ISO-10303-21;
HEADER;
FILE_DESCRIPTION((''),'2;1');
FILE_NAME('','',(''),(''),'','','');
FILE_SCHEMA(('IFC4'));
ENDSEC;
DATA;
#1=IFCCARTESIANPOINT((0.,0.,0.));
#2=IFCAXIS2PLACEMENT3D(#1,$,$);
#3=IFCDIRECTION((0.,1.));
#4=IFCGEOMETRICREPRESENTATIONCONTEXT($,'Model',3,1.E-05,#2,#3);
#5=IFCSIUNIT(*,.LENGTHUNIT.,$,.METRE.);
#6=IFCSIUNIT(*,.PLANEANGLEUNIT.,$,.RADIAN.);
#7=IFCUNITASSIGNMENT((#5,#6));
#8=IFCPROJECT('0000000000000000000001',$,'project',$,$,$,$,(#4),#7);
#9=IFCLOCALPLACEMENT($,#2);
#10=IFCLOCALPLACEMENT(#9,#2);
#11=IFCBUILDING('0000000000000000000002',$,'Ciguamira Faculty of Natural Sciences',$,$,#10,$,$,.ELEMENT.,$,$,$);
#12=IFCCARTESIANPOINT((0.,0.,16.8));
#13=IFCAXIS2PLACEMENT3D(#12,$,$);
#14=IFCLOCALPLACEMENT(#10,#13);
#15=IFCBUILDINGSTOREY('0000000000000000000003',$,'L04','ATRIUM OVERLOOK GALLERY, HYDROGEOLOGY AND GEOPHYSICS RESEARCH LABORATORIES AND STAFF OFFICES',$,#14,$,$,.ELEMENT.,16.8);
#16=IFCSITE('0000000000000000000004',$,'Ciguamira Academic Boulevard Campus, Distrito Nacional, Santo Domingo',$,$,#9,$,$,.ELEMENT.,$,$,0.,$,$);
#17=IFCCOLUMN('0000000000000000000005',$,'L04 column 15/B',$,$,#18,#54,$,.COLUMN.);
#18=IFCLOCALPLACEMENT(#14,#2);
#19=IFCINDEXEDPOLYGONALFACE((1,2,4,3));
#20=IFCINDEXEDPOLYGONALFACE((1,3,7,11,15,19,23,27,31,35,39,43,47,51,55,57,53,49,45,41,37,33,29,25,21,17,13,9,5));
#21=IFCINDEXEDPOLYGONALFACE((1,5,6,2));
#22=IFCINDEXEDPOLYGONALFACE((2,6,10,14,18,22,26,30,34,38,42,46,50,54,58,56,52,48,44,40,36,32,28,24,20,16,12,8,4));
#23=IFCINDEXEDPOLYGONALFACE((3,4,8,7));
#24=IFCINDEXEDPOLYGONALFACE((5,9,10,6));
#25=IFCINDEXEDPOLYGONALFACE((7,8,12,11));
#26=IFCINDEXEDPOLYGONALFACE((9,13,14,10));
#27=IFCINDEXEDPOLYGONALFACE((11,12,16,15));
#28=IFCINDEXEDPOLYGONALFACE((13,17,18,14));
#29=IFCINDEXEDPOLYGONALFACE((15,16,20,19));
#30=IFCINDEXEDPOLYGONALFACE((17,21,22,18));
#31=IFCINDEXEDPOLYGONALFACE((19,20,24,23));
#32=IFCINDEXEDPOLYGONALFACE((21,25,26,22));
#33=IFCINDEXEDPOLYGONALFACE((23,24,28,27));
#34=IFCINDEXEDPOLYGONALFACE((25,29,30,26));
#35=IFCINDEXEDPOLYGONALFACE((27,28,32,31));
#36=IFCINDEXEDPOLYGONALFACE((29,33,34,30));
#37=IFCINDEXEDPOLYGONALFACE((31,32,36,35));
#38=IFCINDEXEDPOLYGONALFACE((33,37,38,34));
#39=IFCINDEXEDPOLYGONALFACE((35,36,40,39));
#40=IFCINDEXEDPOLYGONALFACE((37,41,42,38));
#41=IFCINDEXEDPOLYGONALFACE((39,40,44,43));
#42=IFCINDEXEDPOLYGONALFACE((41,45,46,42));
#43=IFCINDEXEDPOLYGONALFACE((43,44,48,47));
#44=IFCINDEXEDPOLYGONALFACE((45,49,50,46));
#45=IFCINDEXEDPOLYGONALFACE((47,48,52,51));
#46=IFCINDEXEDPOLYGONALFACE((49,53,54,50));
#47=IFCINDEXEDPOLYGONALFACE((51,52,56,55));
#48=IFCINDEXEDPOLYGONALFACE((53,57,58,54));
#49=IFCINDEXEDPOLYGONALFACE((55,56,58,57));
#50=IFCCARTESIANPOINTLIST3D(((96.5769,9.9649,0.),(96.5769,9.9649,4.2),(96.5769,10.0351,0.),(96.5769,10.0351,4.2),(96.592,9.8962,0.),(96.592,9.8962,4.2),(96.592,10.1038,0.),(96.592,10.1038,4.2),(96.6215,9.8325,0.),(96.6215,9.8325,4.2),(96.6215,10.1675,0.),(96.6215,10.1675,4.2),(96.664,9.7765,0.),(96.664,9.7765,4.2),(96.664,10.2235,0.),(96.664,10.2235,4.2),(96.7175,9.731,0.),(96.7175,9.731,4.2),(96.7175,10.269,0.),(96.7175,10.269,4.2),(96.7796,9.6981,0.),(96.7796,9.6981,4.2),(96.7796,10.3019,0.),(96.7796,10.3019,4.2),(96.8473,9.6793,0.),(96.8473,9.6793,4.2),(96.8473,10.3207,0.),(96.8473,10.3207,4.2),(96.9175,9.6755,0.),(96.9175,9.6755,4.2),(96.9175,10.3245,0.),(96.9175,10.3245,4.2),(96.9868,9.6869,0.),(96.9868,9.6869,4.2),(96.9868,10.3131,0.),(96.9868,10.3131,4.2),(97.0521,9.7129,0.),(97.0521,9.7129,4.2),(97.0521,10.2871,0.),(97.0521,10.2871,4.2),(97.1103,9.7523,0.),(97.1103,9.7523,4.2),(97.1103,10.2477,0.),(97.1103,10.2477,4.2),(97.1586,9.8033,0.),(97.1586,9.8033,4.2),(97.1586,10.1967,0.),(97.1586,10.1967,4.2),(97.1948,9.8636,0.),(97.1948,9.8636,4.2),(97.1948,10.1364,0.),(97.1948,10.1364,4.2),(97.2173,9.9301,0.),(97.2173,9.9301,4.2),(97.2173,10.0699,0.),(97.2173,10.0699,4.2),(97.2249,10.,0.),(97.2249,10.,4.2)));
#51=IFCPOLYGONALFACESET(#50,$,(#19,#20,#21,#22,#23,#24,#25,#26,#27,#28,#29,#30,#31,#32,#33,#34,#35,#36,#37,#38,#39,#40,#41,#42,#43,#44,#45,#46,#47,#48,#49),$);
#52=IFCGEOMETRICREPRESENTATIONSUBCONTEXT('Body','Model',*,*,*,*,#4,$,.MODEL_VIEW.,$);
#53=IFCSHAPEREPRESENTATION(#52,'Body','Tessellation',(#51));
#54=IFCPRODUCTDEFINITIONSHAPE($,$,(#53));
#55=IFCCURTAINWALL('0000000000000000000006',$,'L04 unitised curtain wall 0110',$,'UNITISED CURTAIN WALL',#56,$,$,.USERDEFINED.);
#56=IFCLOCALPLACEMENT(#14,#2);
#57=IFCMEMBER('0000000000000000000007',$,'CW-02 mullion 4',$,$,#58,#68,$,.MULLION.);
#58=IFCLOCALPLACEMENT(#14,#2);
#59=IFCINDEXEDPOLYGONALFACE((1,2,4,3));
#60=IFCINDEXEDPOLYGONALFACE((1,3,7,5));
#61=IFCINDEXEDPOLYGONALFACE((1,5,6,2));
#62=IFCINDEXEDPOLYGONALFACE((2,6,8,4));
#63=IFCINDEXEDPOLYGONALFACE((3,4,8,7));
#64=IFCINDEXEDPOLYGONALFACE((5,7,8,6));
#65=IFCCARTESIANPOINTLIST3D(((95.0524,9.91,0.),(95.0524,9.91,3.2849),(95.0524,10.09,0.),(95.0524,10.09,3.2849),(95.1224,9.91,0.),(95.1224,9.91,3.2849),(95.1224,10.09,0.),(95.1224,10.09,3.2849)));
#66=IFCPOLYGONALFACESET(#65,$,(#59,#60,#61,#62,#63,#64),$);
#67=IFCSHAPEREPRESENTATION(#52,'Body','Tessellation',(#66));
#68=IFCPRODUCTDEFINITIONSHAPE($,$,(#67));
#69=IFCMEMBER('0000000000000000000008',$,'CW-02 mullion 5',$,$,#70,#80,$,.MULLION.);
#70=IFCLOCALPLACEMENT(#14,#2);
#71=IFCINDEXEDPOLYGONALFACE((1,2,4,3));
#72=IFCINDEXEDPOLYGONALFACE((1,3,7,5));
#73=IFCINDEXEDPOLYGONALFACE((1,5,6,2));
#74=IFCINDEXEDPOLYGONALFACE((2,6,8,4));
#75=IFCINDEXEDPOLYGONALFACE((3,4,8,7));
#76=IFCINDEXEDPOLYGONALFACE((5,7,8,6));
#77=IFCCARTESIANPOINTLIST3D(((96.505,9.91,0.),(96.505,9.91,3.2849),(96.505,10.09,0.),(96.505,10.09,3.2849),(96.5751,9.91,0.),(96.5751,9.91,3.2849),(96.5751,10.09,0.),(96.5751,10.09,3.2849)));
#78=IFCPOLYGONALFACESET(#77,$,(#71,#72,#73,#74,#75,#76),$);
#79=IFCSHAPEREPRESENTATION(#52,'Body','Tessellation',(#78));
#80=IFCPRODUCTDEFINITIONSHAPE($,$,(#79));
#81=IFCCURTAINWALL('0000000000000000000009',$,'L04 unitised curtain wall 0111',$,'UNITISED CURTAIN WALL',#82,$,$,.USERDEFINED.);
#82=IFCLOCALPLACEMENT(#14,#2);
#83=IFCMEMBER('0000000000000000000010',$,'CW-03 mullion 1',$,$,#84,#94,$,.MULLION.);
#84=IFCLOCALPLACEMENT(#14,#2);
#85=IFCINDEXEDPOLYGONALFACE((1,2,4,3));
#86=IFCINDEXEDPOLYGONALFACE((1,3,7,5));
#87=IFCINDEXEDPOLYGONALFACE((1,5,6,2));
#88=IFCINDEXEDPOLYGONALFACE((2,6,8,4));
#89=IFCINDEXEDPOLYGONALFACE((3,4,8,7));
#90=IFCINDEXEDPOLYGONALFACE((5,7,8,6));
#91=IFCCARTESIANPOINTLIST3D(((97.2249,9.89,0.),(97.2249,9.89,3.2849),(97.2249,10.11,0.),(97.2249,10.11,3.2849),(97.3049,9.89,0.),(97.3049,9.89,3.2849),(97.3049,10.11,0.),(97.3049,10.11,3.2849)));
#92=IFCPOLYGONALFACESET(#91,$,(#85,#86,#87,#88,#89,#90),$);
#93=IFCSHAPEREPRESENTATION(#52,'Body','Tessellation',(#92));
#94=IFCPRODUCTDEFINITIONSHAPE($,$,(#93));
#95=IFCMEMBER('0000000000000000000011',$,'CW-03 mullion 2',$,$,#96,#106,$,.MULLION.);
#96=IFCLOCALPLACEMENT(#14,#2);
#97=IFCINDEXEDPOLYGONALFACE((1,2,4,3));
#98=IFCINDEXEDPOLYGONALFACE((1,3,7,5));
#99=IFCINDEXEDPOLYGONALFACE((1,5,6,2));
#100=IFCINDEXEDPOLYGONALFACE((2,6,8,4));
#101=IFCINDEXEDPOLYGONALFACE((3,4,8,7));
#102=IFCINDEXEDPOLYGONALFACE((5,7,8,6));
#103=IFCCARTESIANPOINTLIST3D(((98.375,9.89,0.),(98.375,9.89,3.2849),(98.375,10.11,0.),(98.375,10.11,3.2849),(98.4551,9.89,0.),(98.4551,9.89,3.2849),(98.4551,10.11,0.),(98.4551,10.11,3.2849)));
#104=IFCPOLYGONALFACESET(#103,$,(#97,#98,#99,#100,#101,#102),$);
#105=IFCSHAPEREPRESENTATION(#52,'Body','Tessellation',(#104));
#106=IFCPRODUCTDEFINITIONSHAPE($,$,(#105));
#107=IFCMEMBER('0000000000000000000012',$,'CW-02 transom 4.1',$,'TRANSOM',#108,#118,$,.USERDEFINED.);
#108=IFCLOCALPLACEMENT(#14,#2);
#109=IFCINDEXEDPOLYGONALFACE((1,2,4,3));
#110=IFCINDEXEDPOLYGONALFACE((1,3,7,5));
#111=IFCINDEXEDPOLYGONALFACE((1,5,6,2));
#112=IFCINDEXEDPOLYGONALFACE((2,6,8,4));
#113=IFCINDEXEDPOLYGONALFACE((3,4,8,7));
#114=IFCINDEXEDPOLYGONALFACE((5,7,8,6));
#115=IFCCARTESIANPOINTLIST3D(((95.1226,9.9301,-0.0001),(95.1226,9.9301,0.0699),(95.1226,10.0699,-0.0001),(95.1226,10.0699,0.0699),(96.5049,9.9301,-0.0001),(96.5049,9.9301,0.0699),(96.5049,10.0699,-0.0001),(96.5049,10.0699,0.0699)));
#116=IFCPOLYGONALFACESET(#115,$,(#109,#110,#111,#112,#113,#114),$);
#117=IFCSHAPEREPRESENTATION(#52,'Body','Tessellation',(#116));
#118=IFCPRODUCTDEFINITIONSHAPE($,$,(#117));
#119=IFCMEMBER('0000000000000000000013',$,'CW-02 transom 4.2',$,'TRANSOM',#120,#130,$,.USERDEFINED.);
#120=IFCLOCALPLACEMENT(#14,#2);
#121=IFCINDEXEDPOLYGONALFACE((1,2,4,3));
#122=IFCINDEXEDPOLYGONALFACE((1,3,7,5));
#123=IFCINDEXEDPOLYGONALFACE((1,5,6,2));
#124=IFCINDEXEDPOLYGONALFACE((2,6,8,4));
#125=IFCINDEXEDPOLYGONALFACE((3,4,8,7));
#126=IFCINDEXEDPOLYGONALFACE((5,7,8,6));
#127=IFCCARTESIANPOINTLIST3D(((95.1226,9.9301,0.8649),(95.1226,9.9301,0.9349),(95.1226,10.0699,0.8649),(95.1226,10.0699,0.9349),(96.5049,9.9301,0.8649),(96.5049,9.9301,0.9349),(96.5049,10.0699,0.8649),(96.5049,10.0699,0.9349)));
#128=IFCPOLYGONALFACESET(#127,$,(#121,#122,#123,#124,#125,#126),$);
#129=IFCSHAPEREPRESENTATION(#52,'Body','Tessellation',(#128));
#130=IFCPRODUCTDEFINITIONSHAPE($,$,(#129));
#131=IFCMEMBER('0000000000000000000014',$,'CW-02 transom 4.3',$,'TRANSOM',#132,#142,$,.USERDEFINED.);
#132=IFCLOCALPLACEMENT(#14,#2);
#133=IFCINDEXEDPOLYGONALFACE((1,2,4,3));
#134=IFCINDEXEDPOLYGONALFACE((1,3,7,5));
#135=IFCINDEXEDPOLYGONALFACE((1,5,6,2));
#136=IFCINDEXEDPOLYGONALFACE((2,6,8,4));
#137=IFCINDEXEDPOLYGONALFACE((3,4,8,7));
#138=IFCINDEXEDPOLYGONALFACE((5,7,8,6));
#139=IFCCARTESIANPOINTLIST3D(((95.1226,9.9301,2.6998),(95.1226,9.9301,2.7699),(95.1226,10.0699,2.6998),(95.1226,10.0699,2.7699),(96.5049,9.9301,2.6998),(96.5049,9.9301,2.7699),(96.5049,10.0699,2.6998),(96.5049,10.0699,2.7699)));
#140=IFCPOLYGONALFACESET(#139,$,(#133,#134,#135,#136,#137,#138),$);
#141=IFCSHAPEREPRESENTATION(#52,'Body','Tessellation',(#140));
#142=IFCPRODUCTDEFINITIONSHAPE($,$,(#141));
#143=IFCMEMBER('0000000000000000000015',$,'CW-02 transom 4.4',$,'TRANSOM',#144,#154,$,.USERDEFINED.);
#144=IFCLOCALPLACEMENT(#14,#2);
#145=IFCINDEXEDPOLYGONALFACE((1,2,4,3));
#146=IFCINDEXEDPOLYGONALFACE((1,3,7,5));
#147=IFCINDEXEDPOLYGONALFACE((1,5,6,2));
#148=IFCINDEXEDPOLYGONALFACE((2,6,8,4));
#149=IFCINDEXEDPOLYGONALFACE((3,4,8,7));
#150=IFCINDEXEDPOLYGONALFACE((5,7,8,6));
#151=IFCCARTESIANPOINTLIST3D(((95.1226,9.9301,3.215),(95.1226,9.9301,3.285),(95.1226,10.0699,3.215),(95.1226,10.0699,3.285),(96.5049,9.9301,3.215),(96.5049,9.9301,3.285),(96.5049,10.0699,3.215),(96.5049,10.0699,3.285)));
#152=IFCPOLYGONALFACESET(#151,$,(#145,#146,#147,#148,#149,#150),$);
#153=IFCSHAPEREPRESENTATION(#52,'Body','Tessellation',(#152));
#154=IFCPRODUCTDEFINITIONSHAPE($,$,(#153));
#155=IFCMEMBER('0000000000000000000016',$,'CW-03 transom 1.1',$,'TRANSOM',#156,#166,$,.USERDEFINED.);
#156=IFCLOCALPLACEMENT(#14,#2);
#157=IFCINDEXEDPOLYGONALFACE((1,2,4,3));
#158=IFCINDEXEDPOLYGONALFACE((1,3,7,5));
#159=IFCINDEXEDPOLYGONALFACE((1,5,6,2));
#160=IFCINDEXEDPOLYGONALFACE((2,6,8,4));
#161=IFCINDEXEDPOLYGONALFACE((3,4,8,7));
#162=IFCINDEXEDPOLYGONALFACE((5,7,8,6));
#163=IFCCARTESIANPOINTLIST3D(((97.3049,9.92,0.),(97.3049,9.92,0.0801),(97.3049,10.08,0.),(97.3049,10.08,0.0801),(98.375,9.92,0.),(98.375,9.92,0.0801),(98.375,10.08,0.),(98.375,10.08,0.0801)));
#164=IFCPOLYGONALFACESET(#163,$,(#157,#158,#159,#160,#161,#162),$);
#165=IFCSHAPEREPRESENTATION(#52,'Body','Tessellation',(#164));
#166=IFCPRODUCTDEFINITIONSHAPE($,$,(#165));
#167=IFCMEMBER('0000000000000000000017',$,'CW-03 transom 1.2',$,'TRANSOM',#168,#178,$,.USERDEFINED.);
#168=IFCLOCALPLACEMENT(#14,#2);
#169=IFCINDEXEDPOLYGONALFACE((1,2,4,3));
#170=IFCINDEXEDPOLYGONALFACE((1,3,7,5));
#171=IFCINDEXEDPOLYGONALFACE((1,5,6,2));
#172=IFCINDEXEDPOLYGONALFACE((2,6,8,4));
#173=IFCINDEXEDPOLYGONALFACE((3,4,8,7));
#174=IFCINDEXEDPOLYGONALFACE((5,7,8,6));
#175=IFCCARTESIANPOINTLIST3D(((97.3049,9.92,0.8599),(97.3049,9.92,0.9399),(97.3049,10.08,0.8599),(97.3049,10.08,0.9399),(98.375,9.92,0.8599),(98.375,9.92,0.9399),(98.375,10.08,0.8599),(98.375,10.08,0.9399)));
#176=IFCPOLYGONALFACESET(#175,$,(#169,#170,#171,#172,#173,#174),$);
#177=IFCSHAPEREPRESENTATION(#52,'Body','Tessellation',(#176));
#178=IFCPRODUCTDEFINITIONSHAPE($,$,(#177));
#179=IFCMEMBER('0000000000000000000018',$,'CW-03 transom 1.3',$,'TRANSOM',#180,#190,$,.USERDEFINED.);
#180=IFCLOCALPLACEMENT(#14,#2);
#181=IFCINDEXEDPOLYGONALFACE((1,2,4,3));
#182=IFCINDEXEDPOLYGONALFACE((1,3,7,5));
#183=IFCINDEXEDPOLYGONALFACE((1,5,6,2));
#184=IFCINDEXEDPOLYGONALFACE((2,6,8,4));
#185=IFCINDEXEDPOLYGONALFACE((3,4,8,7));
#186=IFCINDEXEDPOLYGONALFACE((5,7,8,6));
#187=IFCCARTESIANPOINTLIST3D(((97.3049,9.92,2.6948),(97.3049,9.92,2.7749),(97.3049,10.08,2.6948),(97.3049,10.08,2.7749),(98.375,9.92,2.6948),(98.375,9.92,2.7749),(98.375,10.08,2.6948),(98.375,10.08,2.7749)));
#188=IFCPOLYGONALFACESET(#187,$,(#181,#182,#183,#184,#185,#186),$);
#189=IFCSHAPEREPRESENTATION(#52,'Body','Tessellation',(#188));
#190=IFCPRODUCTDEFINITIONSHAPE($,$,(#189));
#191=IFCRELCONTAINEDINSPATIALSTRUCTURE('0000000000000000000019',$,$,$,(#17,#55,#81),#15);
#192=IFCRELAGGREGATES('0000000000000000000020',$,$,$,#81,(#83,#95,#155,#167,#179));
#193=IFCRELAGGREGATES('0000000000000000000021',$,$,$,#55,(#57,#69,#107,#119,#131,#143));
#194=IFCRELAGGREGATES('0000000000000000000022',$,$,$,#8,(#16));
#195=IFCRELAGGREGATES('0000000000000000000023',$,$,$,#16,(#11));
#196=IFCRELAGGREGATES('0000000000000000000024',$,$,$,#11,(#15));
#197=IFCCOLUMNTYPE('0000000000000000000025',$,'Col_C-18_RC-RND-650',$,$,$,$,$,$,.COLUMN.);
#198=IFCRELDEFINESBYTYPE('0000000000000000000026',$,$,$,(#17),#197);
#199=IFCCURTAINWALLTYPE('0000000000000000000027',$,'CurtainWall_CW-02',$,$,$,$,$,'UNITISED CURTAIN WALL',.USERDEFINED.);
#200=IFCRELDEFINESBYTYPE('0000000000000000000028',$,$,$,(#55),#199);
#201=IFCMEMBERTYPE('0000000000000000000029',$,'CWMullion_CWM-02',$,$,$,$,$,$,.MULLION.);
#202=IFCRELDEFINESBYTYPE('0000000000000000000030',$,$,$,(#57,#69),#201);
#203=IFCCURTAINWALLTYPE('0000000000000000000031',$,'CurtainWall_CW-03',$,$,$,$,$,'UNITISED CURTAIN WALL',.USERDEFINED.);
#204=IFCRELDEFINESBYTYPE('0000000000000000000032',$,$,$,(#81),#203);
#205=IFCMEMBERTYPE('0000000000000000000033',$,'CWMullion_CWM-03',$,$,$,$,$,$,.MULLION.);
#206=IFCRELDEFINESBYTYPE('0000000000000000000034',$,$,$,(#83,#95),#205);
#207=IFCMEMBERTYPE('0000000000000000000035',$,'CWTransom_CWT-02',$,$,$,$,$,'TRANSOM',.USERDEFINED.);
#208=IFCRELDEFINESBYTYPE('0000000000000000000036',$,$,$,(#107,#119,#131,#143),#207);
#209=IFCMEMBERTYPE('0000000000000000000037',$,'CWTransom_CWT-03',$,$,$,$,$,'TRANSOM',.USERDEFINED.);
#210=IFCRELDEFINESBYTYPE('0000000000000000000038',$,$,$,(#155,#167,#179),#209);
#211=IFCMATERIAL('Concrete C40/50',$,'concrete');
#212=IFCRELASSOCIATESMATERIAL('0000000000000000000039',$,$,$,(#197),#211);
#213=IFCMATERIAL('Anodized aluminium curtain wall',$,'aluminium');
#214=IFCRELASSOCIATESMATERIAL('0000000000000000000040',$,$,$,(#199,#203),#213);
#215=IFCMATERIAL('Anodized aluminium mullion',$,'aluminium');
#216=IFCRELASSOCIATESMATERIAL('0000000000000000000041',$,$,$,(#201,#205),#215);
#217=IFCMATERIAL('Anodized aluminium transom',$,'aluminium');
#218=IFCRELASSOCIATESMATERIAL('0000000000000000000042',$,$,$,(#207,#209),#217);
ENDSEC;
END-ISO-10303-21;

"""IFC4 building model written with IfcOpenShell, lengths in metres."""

from ifc_helpers import new_model, si_unit, direction, frame, origin, origin_2d, place, context, subcontext, project, spatial, rectangle, circle, extrude, material, material_profile, profile_set, type_object, element, aggregate, save


model = new_model("IFC4")

# Units and contexts
model_context = context("Model", 3, precision=1e-05, world=origin(), true_north=direction((0.0, 1.0)))
body_context = subcontext(model_context, "Body", "Model", "MODEL_VIEW")
ifc_project = project(units=[si_unit("LENGTHUNIT", "METRE"), si_unit("PLANEANGLEUNIT", "RADIAN")], contexts=[model_context])

# Site, building, storey
site_placement = place(None, origin())
site = spatial("IfcSite", under=ifc_project, at=site_placement, Name="Ciguamira Academic Boulevard Campus, Distrito Nacional, Santo Domingo", CompositionType="ELEMENT", RefElevation=0.0)
building_placement = place(site_placement, origin())
building = spatial("IfcBuilding", under=site, at=building_placement, Name="Ciguamira Faculty of Natural Sciences", CompositionType="ELEMENT")
storey_placement = place(building_placement, frame((0.0, 0.0, 16.8)))
storey = spatial("IfcBuildingStorey", under=building, at=storey_placement, Name="L04", Description="ATRIUM OVERLOOK GALLERY, HYDROGEOLOGY AND GEOPHYSICS RESEARCH LABORATORIES AND STAFF OFFICES", CompositionType="ELEMENT", Elevation=16.8)

# Column
ifc_material_1 = material(Name="Concrete C40/50", Category="concrete")
ifc_material_profile_1 = material_profile(ifc_material_1, circle(Radius=0.325, at=origin_2d()), Name="RC-RND-650")
ifc_profile_set_1 = profile_set([ifc_material_profile_1], Name="Concrete C40/50")
column_type = type_object("IfcColumnType", Name="Col_C-18_RC-RND-650", PredefinedType="COLUMN", material=ifc_profile_set_1)
column_placement = place(storey_placement, frame((96.8999, 10.0, 0.0), z_axis=(0.0, 0.0, 1.0), x_axis=(1.0, 0.0, 0.0)))
element("IfcColumn", 1, at=column_placement, inside=storey, type_object=column_type, Name="L04 column 15/B", PredefinedType="COLUMN", context=body_context, shape_type="SweptSolid", body=[
    extrude(circle(Radius=0.325, at=origin_2d()), origin(), (0.0, 0.0, 1.0), 4.2),
])

# Curtain walls, members
ifc_material_2 = material(Name="Anodized aluminium curtain wall", Category="aluminium")
curtain_wall_type_1 = type_object("IfcCurtainWallType", Name="CurtainWall_CW-02", ElementType="UNITISED CURTAIN WALL", PredefinedType="USERDEFINED", material=ifc_material_2)
curtain_wall_1_placement = place(storey_placement, origin())
curtain_wall_1 = element("IfcCurtainWall", 2, at=curtain_wall_1_placement, inside=storey, type_object=curtain_wall_type_1, Name="L04 unitised curtain wall 0110", ObjectType="UNITISED CURTAIN WALL", PredefinedType="USERDEFINED")
ifc_material_3 = material(Name="Anodized aluminium mullion", Category="aluminium")
ifc_material_profile_2 = material_profile(ifc_material_3, rectangle(XDim=0.0701, YDim=0.1799, at=origin_2d()), Name="ALU-MUL-70X180")
ifc_profile_set_2 = profile_set([ifc_material_profile_2], Name="Anodized aluminium mullion")
member_type_1 = type_object("IfcMemberType", Name="CWMullion_CWM-02", PredefinedType="MULLION", material=ifc_profile_set_2)
member_1_placement = place(storey_placement, frame((95.0874, 10.0, 0.0), z_axis=(0.0, 0.0, 1.0), x_axis=(1.0, 0.0, 0.0)))
member_1 = element("IfcMember", 3, at=member_1_placement, type_object=member_type_1, Name="CW-02 mullion 4", PredefinedType="MULLION", context=body_context, shape_type="SweptSolid", body=[
    extrude(rectangle(XDim=0.0701, YDim=0.1799, at=origin_2d()), origin(), (0.0, 0.0, 1.0), 3.2849),
])
member_2_placement = place(storey_placement, frame((96.54, 10.0, 0.0), z_axis=(0.0, 0.0, 1.0), x_axis=(1.0, 0.0, 0.0)))
member_2 = element("IfcMember", 4, at=member_2_placement, type_object=member_type_1, Name="CW-02 mullion 5", PredefinedType="MULLION", context=body_context, shape_type="SweptSolid", body=[
    extrude(rectangle(XDim=0.0701, YDim=0.1799, at=origin_2d()), origin(), (0.0, 0.0, 1.0), 3.2849),
])
curtain_wall_type_2 = type_object("IfcCurtainWallType", Name="CurtainWall_CW-03", ElementType="UNITISED CURTAIN WALL", PredefinedType="USERDEFINED", material=ifc_material_2)
curtain_wall_2_placement = place(storey_placement, origin())
curtain_wall_2 = element("IfcCurtainWall", 5, at=curtain_wall_2_placement, inside=storey, type_object=curtain_wall_type_2, Name="L04 unitised curtain wall 0111", ObjectType="UNITISED CURTAIN WALL", PredefinedType="USERDEFINED")
ifc_material_profile_3 = material_profile(ifc_material_3, rectangle(XDim=0.0801, YDim=0.22, at=origin_2d()), Name="ALU-MUL-80X220")
ifc_profile_set_3 = profile_set([ifc_material_profile_3], Name="Anodized aluminium mullion")
member_type_2 = type_object("IfcMemberType", Name="CWMullion_CWM-03", PredefinedType="MULLION", material=ifc_profile_set_3)
member_3_placement = place(storey_placement, frame((97.2649, 10.0, 0.0), z_axis=(0.0, 0.0, 1.0), x_axis=(1.0, 0.0, 0.0)))
member_3 = element("IfcMember", 6, at=member_3_placement, type_object=member_type_2, Name="CW-03 mullion 1", PredefinedType="MULLION", context=body_context, shape_type="SweptSolid", body=[
    extrude(rectangle(XDim=0.0801, YDim=0.22, at=origin_2d()), origin(), (0.0, 0.0, 1.0), 3.2849),
])
member_4_placement = place(storey_placement, frame((98.415, 10.0, 0.0), z_axis=(0.0, 0.0, 1.0), x_axis=(1.0, 0.0, 0.0)))
member_4 = element("IfcMember", 7, at=member_4_placement, type_object=member_type_2, Name="CW-03 mullion 2", PredefinedType="MULLION", context=body_context, shape_type="SweptSolid", body=[
    extrude(rectangle(XDim=0.0801, YDim=0.22, at=origin_2d()), origin(), (0.0, 0.0, 1.0), 3.2849),
])

# Members
ifc_material_4 = material(Name="Anodized aluminium transom", Category="aluminium")
ifc_material_profile_4 = material_profile(ifc_material_4, rectangle(XDim=0.0701, YDim=0.1399, at=origin_2d()), Name="ALU-TRN-70X140")
ifc_profile_set_4 = profile_set([ifc_material_profile_4], Name="Anodized aluminium transom")
member_type_3 = type_object("IfcMemberType", Name="CWTransom_CWT-02", ElementType="TRANSOM", PredefinedType="USERDEFINED", material=ifc_profile_set_4)
member_5_placement = place(storey_placement, frame((95.1226, 10.0, 0.0349), z_axis=(1.0, 0.0, 0.0), x_axis=(0.0, 0.0, 1.0)))
member_5 = element("IfcMember", 8, at=member_5_placement, type_object=member_type_3, Name="CW-02 transom 4.1", ObjectType="TRANSOM", PredefinedType="USERDEFINED", context=body_context, shape_type="SweptSolid", body=[
    extrude(rectangle(XDim=0.0701, YDim=0.1399, at=origin_2d()), origin(), (0.0, 0.0, 1.0), 1.3823),
])
member_6_placement = place(storey_placement, frame((95.1226, 10.0, 0.8999), z_axis=(1.0, 0.0, 0.0), x_axis=(0.0, 0.0, 1.0)))
member_6 = element("IfcMember", 9, at=member_6_placement, type_object=member_type_3, Name="CW-02 transom 4.2", ObjectType="TRANSOM", PredefinedType="USERDEFINED", context=body_context, shape_type="SweptSolid", body=[
    extrude(rectangle(XDim=0.0701, YDim=0.1399, at=origin_2d()), origin(), (0.0, 0.0, 1.0), 1.3823),
])
member_7_placement = place(storey_placement, frame((95.1226, 10.0, 2.7349), z_axis=(1.0, 0.0, 0.0), x_axis=(0.0, 0.0, 1.0)))
member_7 = element("IfcMember", 10, at=member_7_placement, type_object=member_type_3, Name="CW-02 transom 4.3", ObjectType="TRANSOM", PredefinedType="USERDEFINED", context=body_context, shape_type="SweptSolid", body=[
    extrude(rectangle(XDim=0.0701, YDim=0.1399, at=origin_2d()), origin(), (0.0, 0.0, 1.0), 1.3823),
])
member_8_placement = place(storey_placement, frame((95.1226, 10.0, 3.25), z_axis=(1.0, 0.0, 0.0), x_axis=(0.0, 0.0, 1.0)))
member_8 = element("IfcMember", 11, at=member_8_placement, type_object=member_type_3, Name="CW-02 transom 4.4", ObjectType="TRANSOM", PredefinedType="USERDEFINED", context=body_context, shape_type="SweptSolid", body=[
    extrude(rectangle(XDim=0.0701, YDim=0.1399, at=origin_2d()), origin(), (0.0, 0.0, 1.0), 1.3823),
])
ifc_material_profile_5 = material_profile(ifc_material_4, rectangle(XDim=0.0801, YDim=0.1599, at=origin_2d()), Name="ALU-TRN-80X160")
ifc_profile_set_5 = profile_set([ifc_material_profile_5], Name="Anodized aluminium transom")
member_type_4 = type_object("IfcMemberType", Name="CWTransom_CWT-03", ElementType="TRANSOM", PredefinedType="USERDEFINED", material=ifc_profile_set_5)
member_9_placement = place(storey_placement, frame((97.3049, 10.0, 0.04), z_axis=(1.0, 0.0, 0.0), x_axis=(0.0, 0.0, 1.0)))
member_9 = element("IfcMember", 12, at=member_9_placement, type_object=member_type_4, Name="CW-03 transom 1.1", ObjectType="TRANSOM", PredefinedType="USERDEFINED", context=body_context, shape_type="SweptSolid", body=[
    extrude(rectangle(XDim=0.0801, YDim=0.1599, at=origin_2d()), origin(), (0.0, 0.0, 1.0), 1.0701),
])
member_10_placement = place(storey_placement, frame((97.3049, 10.0, 0.8999), z_axis=(1.0, 0.0, 0.0), x_axis=(0.0, 0.0, 1.0)))
member_10 = element("IfcMember", 13, at=member_10_placement, type_object=member_type_4, Name="CW-03 transom 1.2", ObjectType="TRANSOM", PredefinedType="USERDEFINED", context=body_context, shape_type="SweptSolid", body=[
    extrude(rectangle(XDim=0.0801, YDim=0.1599, at=origin_2d()), origin(), (0.0, 0.0, 1.0), 1.0701),
])
member_11_placement = place(storey_placement, frame((97.3049, 10.0, 2.7349), z_axis=(1.0, 0.0, 0.0), x_axis=(0.0, 0.0, 1.0)))
member_11 = element("IfcMember", 14, at=member_11_placement, type_object=member_type_4, Name="CW-03 transom 1.3", ObjectType="TRANSOM", PredefinedType="USERDEFINED", context=body_context, shape_type="SweptSolid", body=[
    extrude(rectangle(XDim=0.0801, YDim=0.1599, at=origin_2d()), origin(), (0.0, 0.0, 1.0), 1.0701),
])

aggregate(curtain_wall_2, [member_3, member_4, member_9, member_10, member_11])
aggregate(curtain_wall_1, [member_1, member_2, member_5, member_6, member_7, member_8])

save(model, "model.ifc")
